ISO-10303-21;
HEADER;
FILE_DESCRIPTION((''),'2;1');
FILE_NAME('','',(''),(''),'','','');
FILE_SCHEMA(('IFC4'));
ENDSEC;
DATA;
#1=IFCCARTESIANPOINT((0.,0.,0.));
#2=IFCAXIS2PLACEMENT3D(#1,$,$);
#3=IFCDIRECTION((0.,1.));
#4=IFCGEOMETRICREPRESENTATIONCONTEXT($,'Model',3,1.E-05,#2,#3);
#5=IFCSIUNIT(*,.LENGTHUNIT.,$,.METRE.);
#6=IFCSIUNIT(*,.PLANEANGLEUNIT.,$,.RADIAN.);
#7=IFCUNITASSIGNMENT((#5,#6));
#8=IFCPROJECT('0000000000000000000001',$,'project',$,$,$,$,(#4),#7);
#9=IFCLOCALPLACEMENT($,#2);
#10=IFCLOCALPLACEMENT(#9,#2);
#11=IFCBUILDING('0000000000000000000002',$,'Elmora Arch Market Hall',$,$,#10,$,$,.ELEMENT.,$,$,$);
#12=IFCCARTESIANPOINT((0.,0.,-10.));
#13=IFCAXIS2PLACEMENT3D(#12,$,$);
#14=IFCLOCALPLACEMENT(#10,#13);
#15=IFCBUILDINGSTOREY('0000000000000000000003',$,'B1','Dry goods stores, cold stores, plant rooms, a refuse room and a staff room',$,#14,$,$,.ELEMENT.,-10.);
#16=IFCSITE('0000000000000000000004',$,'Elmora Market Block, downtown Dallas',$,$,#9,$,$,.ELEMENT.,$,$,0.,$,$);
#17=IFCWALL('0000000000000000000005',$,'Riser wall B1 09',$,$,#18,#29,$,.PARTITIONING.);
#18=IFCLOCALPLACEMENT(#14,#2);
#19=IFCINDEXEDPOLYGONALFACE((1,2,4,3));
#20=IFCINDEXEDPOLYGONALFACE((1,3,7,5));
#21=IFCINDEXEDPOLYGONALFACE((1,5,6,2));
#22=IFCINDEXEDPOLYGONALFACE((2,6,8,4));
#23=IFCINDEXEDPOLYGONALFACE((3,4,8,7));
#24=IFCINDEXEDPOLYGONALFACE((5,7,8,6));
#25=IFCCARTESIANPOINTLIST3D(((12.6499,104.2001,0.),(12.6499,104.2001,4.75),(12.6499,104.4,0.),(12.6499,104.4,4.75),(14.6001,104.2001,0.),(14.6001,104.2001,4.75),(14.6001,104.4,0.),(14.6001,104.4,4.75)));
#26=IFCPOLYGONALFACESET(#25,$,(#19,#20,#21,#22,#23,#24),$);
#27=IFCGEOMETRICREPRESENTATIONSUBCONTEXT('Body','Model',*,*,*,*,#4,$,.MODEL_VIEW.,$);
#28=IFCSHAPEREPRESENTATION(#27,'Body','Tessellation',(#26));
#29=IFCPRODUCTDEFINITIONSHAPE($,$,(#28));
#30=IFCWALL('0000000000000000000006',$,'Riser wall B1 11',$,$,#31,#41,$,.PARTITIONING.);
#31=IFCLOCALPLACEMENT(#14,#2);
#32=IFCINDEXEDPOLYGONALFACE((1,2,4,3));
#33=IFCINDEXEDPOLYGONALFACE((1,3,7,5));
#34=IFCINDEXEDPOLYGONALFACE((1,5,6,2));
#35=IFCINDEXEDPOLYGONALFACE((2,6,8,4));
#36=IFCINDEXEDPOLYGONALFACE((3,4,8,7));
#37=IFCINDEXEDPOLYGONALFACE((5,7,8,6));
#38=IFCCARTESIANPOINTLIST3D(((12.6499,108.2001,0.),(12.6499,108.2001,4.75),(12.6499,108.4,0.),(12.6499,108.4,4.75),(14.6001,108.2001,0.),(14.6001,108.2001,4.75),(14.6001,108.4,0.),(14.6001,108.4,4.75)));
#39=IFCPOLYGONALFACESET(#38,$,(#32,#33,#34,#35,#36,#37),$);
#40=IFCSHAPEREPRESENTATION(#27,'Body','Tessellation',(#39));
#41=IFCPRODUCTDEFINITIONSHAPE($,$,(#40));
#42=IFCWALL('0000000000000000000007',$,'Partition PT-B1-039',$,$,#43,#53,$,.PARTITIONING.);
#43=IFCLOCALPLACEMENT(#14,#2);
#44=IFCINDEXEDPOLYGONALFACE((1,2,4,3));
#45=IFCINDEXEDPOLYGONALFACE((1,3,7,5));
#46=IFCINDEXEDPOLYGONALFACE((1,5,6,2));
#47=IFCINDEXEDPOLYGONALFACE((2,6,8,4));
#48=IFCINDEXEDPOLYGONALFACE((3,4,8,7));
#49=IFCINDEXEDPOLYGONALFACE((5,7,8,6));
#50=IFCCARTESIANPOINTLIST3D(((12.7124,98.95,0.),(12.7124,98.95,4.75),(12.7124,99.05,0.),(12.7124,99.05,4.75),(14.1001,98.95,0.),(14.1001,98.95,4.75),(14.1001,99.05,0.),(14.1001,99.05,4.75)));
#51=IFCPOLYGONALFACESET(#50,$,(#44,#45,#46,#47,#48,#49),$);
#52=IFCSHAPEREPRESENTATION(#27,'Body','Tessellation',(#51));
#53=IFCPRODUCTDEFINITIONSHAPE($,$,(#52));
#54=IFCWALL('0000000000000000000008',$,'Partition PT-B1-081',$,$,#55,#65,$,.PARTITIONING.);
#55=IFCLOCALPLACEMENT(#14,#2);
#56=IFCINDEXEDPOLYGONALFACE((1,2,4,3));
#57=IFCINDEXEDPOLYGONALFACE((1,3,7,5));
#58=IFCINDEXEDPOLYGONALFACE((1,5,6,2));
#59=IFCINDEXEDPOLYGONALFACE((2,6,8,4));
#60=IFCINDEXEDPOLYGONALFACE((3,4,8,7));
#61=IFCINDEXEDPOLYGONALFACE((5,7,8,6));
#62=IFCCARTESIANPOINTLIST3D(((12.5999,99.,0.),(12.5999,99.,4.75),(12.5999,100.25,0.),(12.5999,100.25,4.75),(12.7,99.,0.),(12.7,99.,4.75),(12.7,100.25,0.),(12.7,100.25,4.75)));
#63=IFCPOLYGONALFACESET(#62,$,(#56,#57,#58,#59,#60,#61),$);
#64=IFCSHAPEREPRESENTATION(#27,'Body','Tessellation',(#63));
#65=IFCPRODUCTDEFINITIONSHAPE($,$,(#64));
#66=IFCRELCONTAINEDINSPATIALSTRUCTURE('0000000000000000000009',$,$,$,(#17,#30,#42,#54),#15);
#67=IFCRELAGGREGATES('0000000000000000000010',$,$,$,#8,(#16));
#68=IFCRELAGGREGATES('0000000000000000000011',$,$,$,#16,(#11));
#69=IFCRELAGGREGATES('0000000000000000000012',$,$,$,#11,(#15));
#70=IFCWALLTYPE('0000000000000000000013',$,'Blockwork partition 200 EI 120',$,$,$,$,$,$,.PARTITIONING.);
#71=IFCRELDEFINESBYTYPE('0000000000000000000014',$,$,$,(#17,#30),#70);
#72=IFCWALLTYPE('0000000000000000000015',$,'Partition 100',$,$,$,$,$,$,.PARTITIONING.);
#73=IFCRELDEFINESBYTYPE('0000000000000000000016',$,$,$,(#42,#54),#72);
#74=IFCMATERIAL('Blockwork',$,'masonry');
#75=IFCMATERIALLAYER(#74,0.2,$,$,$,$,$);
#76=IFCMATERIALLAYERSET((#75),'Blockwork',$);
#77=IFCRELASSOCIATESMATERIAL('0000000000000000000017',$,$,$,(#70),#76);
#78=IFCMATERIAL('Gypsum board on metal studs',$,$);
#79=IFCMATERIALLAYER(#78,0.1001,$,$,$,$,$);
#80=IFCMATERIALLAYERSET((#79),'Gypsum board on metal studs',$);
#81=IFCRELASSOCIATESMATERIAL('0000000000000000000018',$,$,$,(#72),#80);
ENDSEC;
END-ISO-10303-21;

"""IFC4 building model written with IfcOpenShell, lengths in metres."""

from ifc_helpers import new_model, si_unit, direction, frame, frame_2d, origin, place, context, subcontext, project, spatial, rectangle, extrude, material, layer, layer_set, type_object, element, save


model = new_model("IFC4")

# Units and contexts
model_context = context("Model", 3, precision=1e-05, world=origin(), true_north=direction((0.0, 1.0)))
body_context = subcontext(model_context, "Body", "Model", "MODEL_VIEW")
ifc_project = project(units=[si_unit("LENGTHUNIT", "METRE"), si_unit("PLANEANGLEUNIT", "RADIAN")], contexts=[model_context])

# Site, building, storey
site_placement = place(None, origin())
site = spatial("IfcSite", under=ifc_project, at=site_placement, Name="Elmora Market Block, downtown Dallas", CompositionType="ELEMENT", RefElevation=0.0)
building_placement = place(site_placement, origin())
building = spatial("IfcBuilding", under=site, at=building_placement, Name="Elmora Arch Market Hall", CompositionType="ELEMENT")
storey_placement = place(building_placement, frame((0.0, 0.0, -10.0)))
storey = spatial("IfcBuildingStorey", under=building, at=storey_placement, Name="B1", Description="Dry goods stores, cold stores, plant rooms, a refuse room and a staff room", CompositionType="ELEMENT", Elevation=-10.0)

# Walls
ifc_material_1 = material(Name="Blockwork", Category="masonry")
ifc_layer_1 = layer(ifc_material_1, 0.2)
ifc_layer_set_1 = layer_set([ifc_layer_1], Name="Blockwork")
wall_type_1 = type_object("IfcWallType", Name="Blockwork partition 200 EI 120", PredefinedType="PARTITIONING", material=ifc_layer_set_1)
for number, where, z_axis, x_axis, name in (
    (1, (12.6499, 104.3, 0.0), (0.0, 0.0, 1.0), (1.0, 0.0, 0.0), "Riser wall B1 09"),
    (2, (12.6499, 108.3, 0.0), (0.0, 0.0, 1.0), (1.0, 0.0, 0.0), "Riser wall B1 11"),
):
    element("IfcWall", number, at=place(storey_placement, frame(where, z_axis=z_axis, x_axis=x_axis)), inside=storey, type_object=wall_type_1, Name=name, PredefinedType="PARTITIONING", context=body_context, shape_type="SweptSolid", body=[
        extrude(rectangle(XDim=1.9502, YDim=0.2, at=frame_2d((0.9751, 0.0))), origin(), (0.0, 0.0, 1.0), 4.75),
    ])
ifc_material_2 = material(Name="Gypsum board on metal studs")
ifc_layer_2 = layer(ifc_material_2, 0.1001)
ifc_layer_set_2 = layer_set([ifc_layer_2], Name="Gypsum board on metal studs")
wall_type_2 = type_object("IfcWallType", Name="Partition 100", PredefinedType="PARTITIONING", material=ifc_layer_set_2)
wall_1_placement = place(storey_placement, frame((12.7124, 99.0, 0.0), z_axis=(0.0, 0.0, 1.0), x_axis=(1.0, 0.0, 0.0)))
element("IfcWall", 3, at=wall_1_placement, inside=storey, type_object=wall_type_2, Name="Partition PT-B1-039", PredefinedType="PARTITIONING", context=body_context, shape_type="SweptSolid", body=[
    extrude(rectangle(XDim=1.3877, YDim=0.1001, at=frame_2d((0.6938, 0.0))), origin(), (0.0, 0.0, 1.0), 4.75),
])
wall_2_placement = place(storey_placement, frame((12.6499, 99.0, 0.0), z_axis=(0.0, 0.0, 1.0), x_axis=(0.0, 1.0, 0.0)))
element("IfcWall", 4, at=wall_2_placement, inside=storey, type_object=wall_type_2, Name="Partition PT-B1-081", PredefinedType="PARTITIONING", context=body_context, shape_type="SweptSolid", body=[
    extrude(rectangle(XDim=1.25, YDim=0.1001, at=frame_2d((0.625, 0.0))), origin(), (0.0, 0.0, 1.0), 4.75),
])

save(model, "model.ifc")
